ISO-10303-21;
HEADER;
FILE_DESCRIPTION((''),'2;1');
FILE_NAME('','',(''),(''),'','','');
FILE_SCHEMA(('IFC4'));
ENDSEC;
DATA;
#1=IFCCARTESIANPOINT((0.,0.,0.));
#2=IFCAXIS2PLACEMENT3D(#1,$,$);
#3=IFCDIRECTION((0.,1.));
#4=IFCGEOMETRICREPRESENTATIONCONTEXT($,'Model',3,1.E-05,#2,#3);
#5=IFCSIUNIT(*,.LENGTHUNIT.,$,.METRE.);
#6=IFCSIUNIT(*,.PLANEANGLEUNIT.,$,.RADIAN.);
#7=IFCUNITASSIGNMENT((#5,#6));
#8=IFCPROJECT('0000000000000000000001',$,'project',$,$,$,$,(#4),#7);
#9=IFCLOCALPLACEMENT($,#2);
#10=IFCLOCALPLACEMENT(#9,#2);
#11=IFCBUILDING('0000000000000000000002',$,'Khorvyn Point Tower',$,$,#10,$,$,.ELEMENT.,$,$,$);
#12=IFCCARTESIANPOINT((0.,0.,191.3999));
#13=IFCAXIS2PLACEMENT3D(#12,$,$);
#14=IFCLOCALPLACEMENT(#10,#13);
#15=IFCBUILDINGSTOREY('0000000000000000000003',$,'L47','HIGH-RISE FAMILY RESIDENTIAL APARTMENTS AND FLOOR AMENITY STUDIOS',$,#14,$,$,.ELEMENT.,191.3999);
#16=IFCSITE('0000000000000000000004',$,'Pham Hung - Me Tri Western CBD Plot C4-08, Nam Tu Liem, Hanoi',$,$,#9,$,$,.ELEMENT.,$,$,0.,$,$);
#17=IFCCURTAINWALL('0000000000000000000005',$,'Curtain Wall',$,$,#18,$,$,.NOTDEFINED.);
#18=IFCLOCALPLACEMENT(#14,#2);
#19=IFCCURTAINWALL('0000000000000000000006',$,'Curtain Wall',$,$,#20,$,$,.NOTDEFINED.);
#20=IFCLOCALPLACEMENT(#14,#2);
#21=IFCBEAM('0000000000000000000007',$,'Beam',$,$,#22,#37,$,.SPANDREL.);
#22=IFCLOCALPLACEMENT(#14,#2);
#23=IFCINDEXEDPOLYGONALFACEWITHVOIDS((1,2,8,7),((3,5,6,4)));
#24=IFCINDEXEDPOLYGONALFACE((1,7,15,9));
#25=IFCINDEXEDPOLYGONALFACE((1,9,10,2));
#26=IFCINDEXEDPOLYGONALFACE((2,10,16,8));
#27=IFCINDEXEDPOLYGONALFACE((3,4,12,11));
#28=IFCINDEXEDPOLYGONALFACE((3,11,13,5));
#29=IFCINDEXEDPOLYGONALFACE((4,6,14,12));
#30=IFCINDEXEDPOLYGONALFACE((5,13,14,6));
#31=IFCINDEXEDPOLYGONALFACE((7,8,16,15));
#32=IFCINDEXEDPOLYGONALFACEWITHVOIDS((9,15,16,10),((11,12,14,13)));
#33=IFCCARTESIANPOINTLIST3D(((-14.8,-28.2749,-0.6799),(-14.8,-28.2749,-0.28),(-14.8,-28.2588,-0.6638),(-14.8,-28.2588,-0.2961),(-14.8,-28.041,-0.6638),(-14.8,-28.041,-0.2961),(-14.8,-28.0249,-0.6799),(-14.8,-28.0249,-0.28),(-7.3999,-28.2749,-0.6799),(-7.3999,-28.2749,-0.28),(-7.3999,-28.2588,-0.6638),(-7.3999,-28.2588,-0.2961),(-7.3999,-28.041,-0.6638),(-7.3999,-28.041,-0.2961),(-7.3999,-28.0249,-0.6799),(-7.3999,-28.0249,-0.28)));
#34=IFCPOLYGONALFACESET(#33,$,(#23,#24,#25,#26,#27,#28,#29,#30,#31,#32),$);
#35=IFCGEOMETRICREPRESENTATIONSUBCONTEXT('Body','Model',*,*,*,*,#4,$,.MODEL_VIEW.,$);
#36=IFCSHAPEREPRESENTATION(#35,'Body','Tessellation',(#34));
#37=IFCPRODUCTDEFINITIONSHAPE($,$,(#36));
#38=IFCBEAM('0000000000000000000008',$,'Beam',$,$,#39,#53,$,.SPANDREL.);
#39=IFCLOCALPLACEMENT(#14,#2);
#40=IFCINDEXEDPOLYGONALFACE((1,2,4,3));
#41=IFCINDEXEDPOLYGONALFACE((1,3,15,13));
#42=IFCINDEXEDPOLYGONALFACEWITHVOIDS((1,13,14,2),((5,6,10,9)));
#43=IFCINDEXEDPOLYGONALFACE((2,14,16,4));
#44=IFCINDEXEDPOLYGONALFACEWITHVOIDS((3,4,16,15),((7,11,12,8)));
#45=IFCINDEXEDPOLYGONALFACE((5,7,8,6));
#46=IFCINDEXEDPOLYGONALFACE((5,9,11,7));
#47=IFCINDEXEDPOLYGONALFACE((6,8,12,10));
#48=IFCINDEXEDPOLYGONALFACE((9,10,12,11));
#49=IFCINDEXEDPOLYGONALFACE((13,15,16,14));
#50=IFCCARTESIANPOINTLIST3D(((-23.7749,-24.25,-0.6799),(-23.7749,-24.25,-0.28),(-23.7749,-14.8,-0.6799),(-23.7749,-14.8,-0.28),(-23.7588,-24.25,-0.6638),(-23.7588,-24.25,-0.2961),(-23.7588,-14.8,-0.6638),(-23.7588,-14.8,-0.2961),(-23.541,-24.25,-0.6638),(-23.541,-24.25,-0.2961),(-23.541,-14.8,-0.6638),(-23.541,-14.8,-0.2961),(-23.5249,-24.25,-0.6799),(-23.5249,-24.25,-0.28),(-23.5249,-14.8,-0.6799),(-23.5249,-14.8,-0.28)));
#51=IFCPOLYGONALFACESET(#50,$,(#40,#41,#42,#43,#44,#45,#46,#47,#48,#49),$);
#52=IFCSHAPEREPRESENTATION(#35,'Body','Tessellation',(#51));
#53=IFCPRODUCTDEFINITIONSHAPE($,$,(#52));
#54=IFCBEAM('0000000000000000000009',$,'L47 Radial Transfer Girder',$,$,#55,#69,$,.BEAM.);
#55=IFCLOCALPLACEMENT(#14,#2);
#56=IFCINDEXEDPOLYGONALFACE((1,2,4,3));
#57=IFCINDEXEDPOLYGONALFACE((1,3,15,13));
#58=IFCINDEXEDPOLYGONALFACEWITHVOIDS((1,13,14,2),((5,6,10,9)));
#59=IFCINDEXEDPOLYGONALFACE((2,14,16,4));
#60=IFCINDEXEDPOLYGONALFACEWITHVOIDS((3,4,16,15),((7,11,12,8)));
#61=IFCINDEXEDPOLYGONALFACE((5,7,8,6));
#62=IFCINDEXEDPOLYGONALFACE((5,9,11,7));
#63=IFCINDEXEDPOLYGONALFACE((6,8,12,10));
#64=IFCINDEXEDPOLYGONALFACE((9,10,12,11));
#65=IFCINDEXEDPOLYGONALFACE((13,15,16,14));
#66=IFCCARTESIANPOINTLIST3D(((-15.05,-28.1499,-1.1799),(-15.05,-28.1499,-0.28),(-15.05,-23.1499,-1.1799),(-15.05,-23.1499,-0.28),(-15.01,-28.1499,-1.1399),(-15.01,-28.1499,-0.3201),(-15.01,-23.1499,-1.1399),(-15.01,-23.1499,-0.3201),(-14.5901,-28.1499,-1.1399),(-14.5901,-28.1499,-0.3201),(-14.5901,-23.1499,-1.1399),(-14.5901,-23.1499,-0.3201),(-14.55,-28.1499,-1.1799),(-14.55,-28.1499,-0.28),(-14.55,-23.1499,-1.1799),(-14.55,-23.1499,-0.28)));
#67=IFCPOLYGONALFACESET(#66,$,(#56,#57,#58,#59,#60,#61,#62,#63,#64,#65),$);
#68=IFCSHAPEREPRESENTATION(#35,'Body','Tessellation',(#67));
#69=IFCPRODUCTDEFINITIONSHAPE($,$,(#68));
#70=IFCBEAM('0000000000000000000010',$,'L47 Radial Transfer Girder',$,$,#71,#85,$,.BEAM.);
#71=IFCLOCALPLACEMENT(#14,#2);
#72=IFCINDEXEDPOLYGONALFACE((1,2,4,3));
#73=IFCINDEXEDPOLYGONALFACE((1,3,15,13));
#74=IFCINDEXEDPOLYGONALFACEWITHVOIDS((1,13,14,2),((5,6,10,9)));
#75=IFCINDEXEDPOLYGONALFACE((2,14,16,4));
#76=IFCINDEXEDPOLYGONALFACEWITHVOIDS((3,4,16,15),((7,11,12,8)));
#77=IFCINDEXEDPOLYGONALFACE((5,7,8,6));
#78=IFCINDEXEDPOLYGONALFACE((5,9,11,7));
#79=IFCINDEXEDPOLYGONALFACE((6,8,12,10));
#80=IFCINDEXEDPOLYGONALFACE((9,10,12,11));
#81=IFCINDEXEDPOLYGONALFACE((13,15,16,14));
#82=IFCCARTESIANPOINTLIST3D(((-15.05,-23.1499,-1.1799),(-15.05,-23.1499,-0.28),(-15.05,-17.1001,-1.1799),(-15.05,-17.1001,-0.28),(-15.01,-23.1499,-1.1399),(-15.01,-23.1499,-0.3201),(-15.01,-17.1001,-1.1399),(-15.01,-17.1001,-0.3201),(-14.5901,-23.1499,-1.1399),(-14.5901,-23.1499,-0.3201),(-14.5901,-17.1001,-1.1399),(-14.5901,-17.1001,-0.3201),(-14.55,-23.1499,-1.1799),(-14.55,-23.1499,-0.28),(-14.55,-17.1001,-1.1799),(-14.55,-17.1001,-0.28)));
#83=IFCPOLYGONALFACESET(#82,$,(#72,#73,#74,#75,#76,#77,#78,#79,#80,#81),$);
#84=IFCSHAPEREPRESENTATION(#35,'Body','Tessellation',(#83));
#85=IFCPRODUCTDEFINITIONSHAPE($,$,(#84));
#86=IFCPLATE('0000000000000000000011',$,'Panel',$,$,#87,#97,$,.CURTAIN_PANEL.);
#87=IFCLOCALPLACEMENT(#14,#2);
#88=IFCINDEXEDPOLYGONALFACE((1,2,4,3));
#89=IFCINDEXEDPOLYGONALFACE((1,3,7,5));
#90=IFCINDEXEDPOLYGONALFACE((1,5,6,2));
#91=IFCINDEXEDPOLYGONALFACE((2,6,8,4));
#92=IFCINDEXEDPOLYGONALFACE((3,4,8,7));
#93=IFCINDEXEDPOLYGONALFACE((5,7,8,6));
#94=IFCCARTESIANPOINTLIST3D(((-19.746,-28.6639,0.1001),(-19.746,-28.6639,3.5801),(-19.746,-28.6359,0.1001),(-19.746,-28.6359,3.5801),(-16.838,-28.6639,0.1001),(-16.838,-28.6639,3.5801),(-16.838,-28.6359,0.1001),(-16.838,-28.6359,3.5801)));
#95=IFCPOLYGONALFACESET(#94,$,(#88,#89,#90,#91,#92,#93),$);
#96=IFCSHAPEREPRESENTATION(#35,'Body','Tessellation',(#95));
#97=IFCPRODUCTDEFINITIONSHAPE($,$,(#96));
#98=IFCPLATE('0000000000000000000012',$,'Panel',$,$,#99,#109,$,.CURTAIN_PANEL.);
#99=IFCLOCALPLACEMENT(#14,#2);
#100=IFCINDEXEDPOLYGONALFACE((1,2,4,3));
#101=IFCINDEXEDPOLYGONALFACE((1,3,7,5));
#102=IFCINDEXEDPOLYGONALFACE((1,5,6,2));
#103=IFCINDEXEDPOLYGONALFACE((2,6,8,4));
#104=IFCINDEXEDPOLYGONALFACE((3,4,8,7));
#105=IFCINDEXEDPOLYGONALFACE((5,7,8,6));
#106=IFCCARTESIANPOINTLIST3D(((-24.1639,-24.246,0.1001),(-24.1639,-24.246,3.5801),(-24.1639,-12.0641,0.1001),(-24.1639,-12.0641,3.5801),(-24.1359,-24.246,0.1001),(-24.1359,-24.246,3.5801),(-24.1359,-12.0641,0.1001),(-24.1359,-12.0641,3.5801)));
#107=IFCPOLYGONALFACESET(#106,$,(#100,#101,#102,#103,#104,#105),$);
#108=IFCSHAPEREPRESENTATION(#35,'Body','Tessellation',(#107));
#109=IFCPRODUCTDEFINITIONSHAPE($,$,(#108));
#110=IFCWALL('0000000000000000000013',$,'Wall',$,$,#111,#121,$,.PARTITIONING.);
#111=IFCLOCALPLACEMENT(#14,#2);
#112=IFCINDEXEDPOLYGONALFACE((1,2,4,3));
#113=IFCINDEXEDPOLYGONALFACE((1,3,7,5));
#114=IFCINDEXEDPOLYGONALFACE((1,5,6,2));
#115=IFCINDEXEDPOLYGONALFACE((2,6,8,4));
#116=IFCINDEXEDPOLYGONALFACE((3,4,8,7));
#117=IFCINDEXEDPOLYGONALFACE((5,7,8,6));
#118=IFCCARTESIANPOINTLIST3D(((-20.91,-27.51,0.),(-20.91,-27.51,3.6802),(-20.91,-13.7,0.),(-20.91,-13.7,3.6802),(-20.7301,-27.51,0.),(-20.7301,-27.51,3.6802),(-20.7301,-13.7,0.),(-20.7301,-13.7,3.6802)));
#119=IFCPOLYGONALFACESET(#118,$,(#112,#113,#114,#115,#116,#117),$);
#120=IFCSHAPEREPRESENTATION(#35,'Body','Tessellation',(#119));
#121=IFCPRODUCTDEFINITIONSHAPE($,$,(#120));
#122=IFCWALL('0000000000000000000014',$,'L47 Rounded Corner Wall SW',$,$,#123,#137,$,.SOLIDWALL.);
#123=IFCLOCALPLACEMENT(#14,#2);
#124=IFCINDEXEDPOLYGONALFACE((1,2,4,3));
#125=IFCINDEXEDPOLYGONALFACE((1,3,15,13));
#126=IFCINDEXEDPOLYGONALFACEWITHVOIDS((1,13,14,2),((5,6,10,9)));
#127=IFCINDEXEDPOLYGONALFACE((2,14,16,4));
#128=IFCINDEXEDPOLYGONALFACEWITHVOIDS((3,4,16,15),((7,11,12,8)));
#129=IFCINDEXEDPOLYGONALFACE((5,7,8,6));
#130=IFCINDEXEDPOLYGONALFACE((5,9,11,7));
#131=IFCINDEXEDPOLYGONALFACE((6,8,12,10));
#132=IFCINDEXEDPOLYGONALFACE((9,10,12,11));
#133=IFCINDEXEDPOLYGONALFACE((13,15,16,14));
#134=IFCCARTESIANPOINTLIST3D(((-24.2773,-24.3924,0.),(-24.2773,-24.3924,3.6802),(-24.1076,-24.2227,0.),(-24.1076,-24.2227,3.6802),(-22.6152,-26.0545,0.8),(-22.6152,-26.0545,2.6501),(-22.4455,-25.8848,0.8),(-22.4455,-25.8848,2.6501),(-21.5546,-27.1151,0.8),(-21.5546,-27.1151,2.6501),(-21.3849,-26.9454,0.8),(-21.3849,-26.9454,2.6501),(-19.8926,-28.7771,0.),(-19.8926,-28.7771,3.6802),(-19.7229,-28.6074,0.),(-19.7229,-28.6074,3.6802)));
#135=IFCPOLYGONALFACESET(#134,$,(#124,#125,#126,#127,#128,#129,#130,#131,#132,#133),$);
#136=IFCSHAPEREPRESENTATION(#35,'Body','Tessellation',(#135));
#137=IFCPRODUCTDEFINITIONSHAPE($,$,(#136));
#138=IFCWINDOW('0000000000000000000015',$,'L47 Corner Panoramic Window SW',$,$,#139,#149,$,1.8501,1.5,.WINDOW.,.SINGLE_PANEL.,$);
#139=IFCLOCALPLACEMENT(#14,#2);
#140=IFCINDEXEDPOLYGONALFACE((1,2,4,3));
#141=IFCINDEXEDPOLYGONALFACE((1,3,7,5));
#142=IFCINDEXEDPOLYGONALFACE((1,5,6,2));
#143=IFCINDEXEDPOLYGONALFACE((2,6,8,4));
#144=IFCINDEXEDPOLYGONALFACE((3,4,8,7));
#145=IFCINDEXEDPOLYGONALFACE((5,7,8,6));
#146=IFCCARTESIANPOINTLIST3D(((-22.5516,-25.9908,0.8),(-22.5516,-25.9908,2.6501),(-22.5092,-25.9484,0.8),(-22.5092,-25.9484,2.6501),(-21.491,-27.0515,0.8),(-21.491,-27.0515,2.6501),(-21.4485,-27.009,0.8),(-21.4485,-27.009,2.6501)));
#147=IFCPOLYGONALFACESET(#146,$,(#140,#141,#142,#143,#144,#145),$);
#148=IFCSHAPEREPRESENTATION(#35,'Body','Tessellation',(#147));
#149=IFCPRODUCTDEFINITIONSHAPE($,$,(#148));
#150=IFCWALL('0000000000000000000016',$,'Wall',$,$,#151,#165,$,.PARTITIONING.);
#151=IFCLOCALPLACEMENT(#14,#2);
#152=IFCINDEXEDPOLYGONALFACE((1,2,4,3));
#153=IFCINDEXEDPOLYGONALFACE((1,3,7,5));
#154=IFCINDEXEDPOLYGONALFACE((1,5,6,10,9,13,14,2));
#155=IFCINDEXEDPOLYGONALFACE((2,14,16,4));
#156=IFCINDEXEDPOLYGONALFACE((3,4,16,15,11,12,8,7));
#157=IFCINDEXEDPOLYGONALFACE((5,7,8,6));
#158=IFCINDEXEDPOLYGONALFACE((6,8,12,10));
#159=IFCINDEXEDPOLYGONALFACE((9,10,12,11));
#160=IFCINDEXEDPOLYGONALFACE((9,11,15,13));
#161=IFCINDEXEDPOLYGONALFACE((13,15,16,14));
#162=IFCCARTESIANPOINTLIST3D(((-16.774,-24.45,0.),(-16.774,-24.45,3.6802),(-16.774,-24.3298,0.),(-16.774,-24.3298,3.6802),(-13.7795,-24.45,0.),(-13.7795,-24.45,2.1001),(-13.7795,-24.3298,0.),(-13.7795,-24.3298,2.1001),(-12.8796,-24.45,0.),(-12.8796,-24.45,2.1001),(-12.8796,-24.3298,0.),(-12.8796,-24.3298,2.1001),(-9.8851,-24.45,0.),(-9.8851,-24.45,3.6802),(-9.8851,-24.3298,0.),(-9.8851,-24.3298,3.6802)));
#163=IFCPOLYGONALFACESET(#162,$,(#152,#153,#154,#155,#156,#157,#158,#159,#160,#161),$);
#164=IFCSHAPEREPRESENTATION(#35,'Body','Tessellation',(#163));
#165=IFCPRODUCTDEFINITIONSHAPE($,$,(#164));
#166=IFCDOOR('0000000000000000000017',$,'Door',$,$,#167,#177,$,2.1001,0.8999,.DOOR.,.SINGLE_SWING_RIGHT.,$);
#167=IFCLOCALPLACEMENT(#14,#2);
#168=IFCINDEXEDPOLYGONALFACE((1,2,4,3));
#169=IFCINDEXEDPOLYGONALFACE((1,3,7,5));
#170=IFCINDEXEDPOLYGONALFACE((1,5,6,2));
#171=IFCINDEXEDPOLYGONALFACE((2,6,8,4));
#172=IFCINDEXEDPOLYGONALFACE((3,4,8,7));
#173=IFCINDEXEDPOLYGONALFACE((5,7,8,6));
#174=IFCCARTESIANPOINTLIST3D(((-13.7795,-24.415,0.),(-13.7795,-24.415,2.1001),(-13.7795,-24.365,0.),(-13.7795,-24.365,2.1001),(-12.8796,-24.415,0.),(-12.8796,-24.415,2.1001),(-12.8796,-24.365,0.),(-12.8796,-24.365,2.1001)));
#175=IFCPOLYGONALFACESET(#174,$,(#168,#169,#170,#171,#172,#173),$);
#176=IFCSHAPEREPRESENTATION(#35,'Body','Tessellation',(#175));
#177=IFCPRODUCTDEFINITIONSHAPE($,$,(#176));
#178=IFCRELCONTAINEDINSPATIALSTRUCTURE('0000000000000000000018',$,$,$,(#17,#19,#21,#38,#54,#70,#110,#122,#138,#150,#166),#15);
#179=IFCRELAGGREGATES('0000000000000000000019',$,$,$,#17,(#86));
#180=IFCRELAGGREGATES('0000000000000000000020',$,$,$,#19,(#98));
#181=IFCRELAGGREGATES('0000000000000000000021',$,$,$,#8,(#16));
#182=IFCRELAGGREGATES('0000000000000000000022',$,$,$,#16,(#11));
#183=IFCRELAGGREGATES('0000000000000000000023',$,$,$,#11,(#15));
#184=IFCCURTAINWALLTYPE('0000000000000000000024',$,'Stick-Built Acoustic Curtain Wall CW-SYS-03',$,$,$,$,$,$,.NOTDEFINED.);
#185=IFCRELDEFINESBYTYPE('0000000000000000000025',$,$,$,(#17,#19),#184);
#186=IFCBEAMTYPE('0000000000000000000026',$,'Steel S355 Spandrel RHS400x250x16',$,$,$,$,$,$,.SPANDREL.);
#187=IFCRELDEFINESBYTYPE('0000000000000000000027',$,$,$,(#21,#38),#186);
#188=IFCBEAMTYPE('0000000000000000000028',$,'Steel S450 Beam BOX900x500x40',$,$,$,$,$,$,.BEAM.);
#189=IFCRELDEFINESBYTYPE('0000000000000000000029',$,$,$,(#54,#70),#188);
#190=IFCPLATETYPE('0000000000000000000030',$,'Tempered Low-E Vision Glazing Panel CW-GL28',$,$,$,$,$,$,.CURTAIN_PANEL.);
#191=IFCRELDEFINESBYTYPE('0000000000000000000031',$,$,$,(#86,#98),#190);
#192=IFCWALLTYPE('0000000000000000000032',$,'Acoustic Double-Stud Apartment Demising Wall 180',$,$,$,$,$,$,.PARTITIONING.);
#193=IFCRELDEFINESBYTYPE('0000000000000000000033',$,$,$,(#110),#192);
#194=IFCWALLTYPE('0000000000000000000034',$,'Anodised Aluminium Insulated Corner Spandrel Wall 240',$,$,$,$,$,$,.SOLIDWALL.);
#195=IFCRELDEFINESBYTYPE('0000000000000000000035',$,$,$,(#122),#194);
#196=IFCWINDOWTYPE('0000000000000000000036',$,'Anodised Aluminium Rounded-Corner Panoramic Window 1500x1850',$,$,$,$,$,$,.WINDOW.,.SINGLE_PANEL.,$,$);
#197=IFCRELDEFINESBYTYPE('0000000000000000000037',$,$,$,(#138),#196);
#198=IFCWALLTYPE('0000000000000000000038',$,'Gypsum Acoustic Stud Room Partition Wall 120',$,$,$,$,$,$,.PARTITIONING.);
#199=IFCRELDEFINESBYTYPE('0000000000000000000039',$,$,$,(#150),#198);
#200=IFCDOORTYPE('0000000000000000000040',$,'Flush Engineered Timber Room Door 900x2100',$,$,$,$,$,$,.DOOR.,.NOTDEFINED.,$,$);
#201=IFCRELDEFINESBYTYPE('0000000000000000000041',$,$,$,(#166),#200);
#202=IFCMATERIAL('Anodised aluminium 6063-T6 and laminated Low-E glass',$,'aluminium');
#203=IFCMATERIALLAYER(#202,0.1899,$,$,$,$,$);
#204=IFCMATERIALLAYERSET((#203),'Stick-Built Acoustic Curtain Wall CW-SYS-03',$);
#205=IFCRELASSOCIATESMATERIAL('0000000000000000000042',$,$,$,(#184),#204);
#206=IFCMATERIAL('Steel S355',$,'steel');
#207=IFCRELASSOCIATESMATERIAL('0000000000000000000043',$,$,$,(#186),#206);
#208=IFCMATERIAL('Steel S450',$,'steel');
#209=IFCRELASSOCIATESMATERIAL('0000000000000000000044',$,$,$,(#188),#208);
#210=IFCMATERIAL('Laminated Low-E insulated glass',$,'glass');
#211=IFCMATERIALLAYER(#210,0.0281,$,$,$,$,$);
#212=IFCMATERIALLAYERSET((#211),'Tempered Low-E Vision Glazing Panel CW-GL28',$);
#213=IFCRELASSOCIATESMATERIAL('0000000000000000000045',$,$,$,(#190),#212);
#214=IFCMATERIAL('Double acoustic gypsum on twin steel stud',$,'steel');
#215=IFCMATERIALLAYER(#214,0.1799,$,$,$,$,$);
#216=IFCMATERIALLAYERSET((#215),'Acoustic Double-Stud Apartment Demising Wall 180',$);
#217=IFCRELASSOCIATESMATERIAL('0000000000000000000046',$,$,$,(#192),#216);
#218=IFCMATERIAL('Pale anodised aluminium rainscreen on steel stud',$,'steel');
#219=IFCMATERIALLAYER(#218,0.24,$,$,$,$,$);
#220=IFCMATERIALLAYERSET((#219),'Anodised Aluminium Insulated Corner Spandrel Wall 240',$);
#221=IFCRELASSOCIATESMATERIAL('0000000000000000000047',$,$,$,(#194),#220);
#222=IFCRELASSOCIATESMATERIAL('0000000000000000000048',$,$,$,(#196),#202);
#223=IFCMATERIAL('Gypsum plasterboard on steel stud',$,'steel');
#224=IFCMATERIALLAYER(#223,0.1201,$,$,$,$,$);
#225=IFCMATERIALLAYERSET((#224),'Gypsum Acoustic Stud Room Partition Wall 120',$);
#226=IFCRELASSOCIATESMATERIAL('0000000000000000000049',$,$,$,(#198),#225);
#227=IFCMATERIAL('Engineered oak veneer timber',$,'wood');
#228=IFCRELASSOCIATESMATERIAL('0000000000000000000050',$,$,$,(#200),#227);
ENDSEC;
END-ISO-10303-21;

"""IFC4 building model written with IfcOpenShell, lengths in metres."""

from ifc_helpers import new_model, si_unit, direction, frame, frame_2d, origin, origin_2d, place, context, subcontext, project, spatial, rectangle, hollow_rectangle, extrude, material, layer, layer_set, material_profile, profile_set, type_object, element, fill, aggregate, save


model = new_model("IFC4")

# Units and contexts
model_context = context("Model", 3, precision=1e-05, world=origin(), true_north=direction((0.0, 1.0)))
body_context = subcontext(model_context, "Body", "Model", "MODEL_VIEW")
ifc_project = project(units=[si_unit("LENGTHUNIT", "METRE"), si_unit("PLANEANGLEUNIT", "RADIAN")], contexts=[model_context])

# Site, building, storey
site_placement = place(None, origin())
site = spatial("IfcSite", under=ifc_project, at=site_placement, Name="Pham Hung - Me Tri Western CBD Plot C4-08, Nam Tu Liem, Hanoi", CompositionType="ELEMENT", RefElevation=0.0)
building_placement = place(site_placement, origin())
building = spatial("IfcBuilding", under=site, at=building_placement, Name="Khorvyn Point Tower", CompositionType="ELEMENT")
storey_placement = place(building_placement, frame((0.0, 0.0, 191.3999)))
storey = spatial("IfcBuildingStorey", under=building, at=storey_placement, Name="L47", Description="HIGH-RISE FAMILY RESIDENTIAL APARTMENTS AND FLOOR AMENITY STUDIOS", CompositionType="ELEMENT", Elevation=191.3999)

# Shared definitions
ifc_material_1 = material(Name="Steel S450", Category="steel")

# Curtain wall
ifc_material_2 = material(Name="Anodised aluminium 6063-T6 and laminated Low-E glass", Category="aluminium")
ifc_layer_1 = layer(ifc_material_2, 0.1899)
ifc_layer_set_1 = layer_set([ifc_layer_1], Name="Stick-Built Acoustic Curtain Wall CW-SYS-03")
curtain_wall_type = type_object("IfcCurtainWallType", Name="Stick-Built Acoustic Curtain Wall CW-SYS-03", PredefinedType="NOTDEFINED", material=ifc_layer_set_1)
curtain_wall_1_placement = place(storey_placement, origin())
curtain_wall_1 = element("IfcCurtainWall", 1, at=curtain_wall_1_placement, inside=storey, type_object=curtain_wall_type, Name="Curtain Wall", PredefinedType="NOTDEFINED")

# Curtain wall
curtain_wall_2_placement = place(storey_placement, origin())
curtain_wall_2 = element("IfcCurtainWall", 2, at=curtain_wall_2_placement, inside=storey, type_object=curtain_wall_type, Name="Curtain Wall", PredefinedType="NOTDEFINED")

# Beams
ifc_material_3 = material(Name="Steel S355", Category="steel")
ifc_material_profile_1 = material_profile(ifc_material_3, hollow_rectangle(XDim=0.25, YDim=0.3999, WallThickness=0.0161, at=origin_2d()))
ifc_profile_set_1 = profile_set([ifc_material_profile_1], Name="Steel S355 RHS400x250x16")
beam_type_1 = type_object("IfcBeamType", Name="Steel S355 Spandrel RHS400x250x16", PredefinedType="SPANDREL", material=ifc_profile_set_1)
beam_1_placement = place(storey_placement, frame((-14.8, -28.1499, -0.48), z_axis=(1.0, 0.0, 0.0), x_axis=(0.0, 1.0, 0.0)))
element("IfcBeam", 3, at=beam_1_placement, inside=storey, type_object=beam_type_1, Name="Beam", PredefinedType="SPANDREL", context=body_context, shape_type="SweptSolid", body=[
    extrude(hollow_rectangle(XDim=0.25, YDim=0.3999, WallThickness=0.0161, at=origin_2d()), origin(), (0.0, 0.0, 1.0), 7.4001),
])
beam_2_placement = place(storey_placement, frame((-23.6499, -24.25, -0.48), z_axis=(0.0, 1.0, 0.0), x_axis=(-1.0, 0.0, 0.0)))
element("IfcBeam", 4, at=beam_2_placement, inside=storey, type_object=beam_type_1, Name="Beam", PredefinedType="SPANDREL", context=body_context, shape_type="SweptSolid", body=[
    extrude(hollow_rectangle(XDim=0.25, YDim=0.3999, WallThickness=0.0161, at=origin_2d()), origin(), (0.0, 0.0, 1.0), 9.45),
])
ifc_material_profile_2 = material_profile(ifc_material_1, hollow_rectangle(XDim=0.5, YDim=0.8999, WallThickness=0.04, at=origin_2d()))
ifc_profile_set_2 = profile_set([ifc_material_profile_2], Name="Steel S450 BOX900x500x40")
beam_type_2 = type_object("IfcBeamType", Name="Steel S450 Beam BOX900x500x40", PredefinedType="BEAM", material=ifc_profile_set_2)
beam_3_placement = place(storey_placement, frame((-14.8, -28.1499, -0.73), z_axis=(0.0, 1.0, 0.0), x_axis=(-1.0, 0.0, 0.0)))
element("IfcBeam", 5, at=beam_3_placement, inside=storey, type_object=beam_type_2, Name="L47 Radial Transfer Girder", PredefinedType="BEAM", context=body_context, shape_type="SweptSolid", body=[
    extrude(hollow_rectangle(XDim=0.5, YDim=0.8999, WallThickness=0.04, at=origin_2d()), origin(), (0.0, 0.0, 1.0), 5.0),
])
beam_4_placement = place(storey_placement, frame((-14.8, -23.1499, -0.73), z_axis=(0.0, 1.0, 0.0), x_axis=(-1.0, 0.0, 0.0)))
element("IfcBeam", 6, at=beam_4_placement, inside=storey, type_object=beam_type_2, Name="L47 Radial Transfer Girder", PredefinedType="BEAM", context=body_context, shape_type="SweptSolid", body=[
    extrude(hollow_rectangle(XDim=0.5, YDim=0.8999, WallThickness=0.04, at=origin_2d()), origin(), (0.0, 0.0, 1.0), 6.0498),
])

# Plates
ifc_material_4 = material(Name="Laminated Low-E insulated glass", Category="glass")
ifc_layer_2 = layer(ifc_material_4, 0.0281)
ifc_layer_set_2 = layer_set([ifc_layer_2], Name="Tempered Low-E Vision Glazing Panel CW-GL28")
plate_type = type_object("IfcPlateType", Name="Tempered Low-E Vision Glazing Panel CW-GL28", PredefinedType="CURTAIN_PANEL", material=ifc_layer_set_2)
plate_1_placement = place(storey_placement, frame((-18.292, -28.6499, 0.1001), z_axis=(0.0, 0.0, 1.0), x_axis=(-1.0, 0.0, 0.0)))
plate_1 = element("IfcPlate", 7, at=plate_1_placement, type_object=plate_type, Name="Panel", PredefinedType="CURTAIN_PANEL", context=body_context, shape_type="SweptSolid", body=[
    extrude(rectangle(XDim=2.908, YDim=0.0281, at=origin_2d()), origin(), (0.0, 0.0, 1.0), 3.48),
])
aggregate(curtain_wall_1, [plate_1])
plate_2_placement = place(storey_placement, frame((-24.1499, -18.155, 0.1001), z_axis=(0.0, 0.0, 1.0), x_axis=(0.0, 1.0, 0.0)))
plate_2 = element("IfcPlate", 8, at=plate_2_placement, type_object=plate_type, Name="Panel", PredefinedType="CURTAIN_PANEL", context=body_context, shape_type="SweptSolid", body=[
    extrude(rectangle(XDim=12.1819, YDim=0.0281, at=origin_2d()), origin(), (0.0, 0.0, 1.0), 3.48),
])
aggregate(curtain_wall_2, [plate_2])

# Wall
ifc_material_5 = material(Name="Double acoustic gypsum on twin steel stud", Category="steel")
ifc_layer_3 = layer(ifc_material_5, 0.1799)
ifc_layer_set_3 = layer_set([ifc_layer_3], Name="Acoustic Double-Stud Apartment Demising Wall 180")
wall_type_1 = type_object("IfcWallType", Name="Acoustic Double-Stud Apartment Demising Wall 180", PredefinedType="PARTITIONING", material=ifc_layer_set_3)
wall_1_placement = place(storey_placement, frame((-20.8201, -27.51, 0.0), z_axis=(0.0, 0.0, 1.0), x_axis=(0.0, 1.0, 0.0)))
element("IfcWall", 9, at=wall_1_placement, inside=storey, type_object=wall_type_1, Name="Wall", PredefinedType="PARTITIONING", context=body_context, shape_type="SweptSolid", body=[
    extrude(rectangle(XDim=13.8101, YDim=0.1799, at=frame_2d((6.905, 0.0))), origin(), (0.0, 0.0, 1.0), 3.6802),
])

# Wall, opening, window
ifc_material_6 = material(Name="Pale anodised aluminium rainscreen on steel stud", Category="steel")
ifc_layer_4 = layer(ifc_material_6, 0.24)
ifc_layer_set_4 = layer_set([ifc_layer_4], Name="Anodised Aluminium Insulated Corner Spandrel Wall 240")
wall_type_2 = type_object("IfcWallType", Name="Anodised Aluminium Insulated Corner Spandrel Wall 240", PredefinedType="SOLIDWALL", material=ifc_layer_set_4)
wall_2_placement = place(storey_placement, frame((-19.8076, -28.6924, 0.0), z_axis=(0.0, 0.0, 1.0), x_axis=(-0.707107, 0.707107, 0.0)))
wall_2 = element("IfcWall", 10, at=wall_2_placement, inside=storey, type_object=wall_type_2, Name="L47 Rounded Corner Wall SW", PredefinedType="SOLIDWALL", context=body_context, shape_type="SweptSolid", body=[
    extrude(rectangle(XDim=6.2009, YDim=0.24, at=frame_2d((3.1006, 0.0))), origin(), (0.0, 0.0, 1.0), 3.6802),
])
opening_1_placement = place(wall_2_placement, frame((2.3506, 0.0, 0.8)))
opening_1 = element("IfcOpeningElement", 11, at=opening_1_placement, cuts=wall_2, PredefinedType="OPENING", context=body_context, shape_type="SweptSolid", body=[
    extrude(rectangle(XDim=1.5, YDim=1.8501, at=frame_2d((0.75, 0.925))), frame((0.0, 0.1299, 0.0), z_axis=(0.0, -1.0, 0.0), x_axis=(1.0, 0.0, 0.0)), (0.0, 0.0, 1.0), 0.26),
])
window_type = type_object("IfcWindowType", Name="Anodised Aluminium Rounded-Corner Panoramic Window 1500x1850", PartitioningType="SINGLE_PANEL", PredefinedType="WINDOW", material=ifc_material_2)
window_placement = place(opening_1_placement, origin())
window = element("IfcWindow", 12, at=window_placement, inside=storey, type_object=window_type, Name="L47 Corner Panoramic Window SW", OverallHeight=1.8501, OverallWidth=1.5, PartitioningType="SINGLE_PANEL", PredefinedType="WINDOW", context=body_context, shape_type="SweptSolid", body=[
    extrude(rectangle(XDim=1.5, YDim=1.8501, at=frame_2d((0.75, 0.925))), frame((0.0, 0.03, 0.0), z_axis=(0.0, -1.0, 0.0), x_axis=(1.0, 0.0, 0.0)), (0.0, 0.0, 1.0), 0.0601),
])
fill(opening_1, window)

# Wall, opening, door
ifc_material_7 = material(Name="Gypsum plasterboard on steel stud", Category="steel")
ifc_layer_5 = layer(ifc_material_7, 0.1201)
ifc_layer_set_5 = layer_set([ifc_layer_5], Name="Gypsum Acoustic Stud Room Partition Wall 120")
wall_type_3 = type_object("IfcWallType", Name="Gypsum Acoustic Stud Room Partition Wall 120", PredefinedType="PARTITIONING", material=ifc_layer_set_5)
wall_3_placement = place(storey_placement, frame((-16.7739, -24.3899, 0.0), z_axis=(0.0, 0.0, 1.0), x_axis=(1.0, 0.0, 0.0)))
wall_3 = element("IfcWall", 13, at=wall_3_placement, inside=storey, type_object=wall_type_3, Name="Wall", PredefinedType="PARTITIONING", context=body_context, shape_type="SweptSolid", body=[
    extrude(rectangle(XDim=6.8889, YDim=0.1201, at=frame_2d((3.4443, 0.0))), origin(), (0.0, 0.0, 1.0), 3.6802),
])
opening_2_placement = place(wall_3_placement, frame((2.9944, 0.0, 0.0)))
opening_2 = element("IfcOpeningElement", 14, at=opening_2_placement, cuts=wall_3, PredefinedType="OPENING", context=body_context, shape_type="SweptSolid", body=[
    extrude(rectangle(XDim=0.8999, YDim=2.1001, at=frame_2d((0.45, 1.05))), frame((0.0, 0.0701, 0.0), z_axis=(0.0, -1.0, 0.0), x_axis=(1.0, 0.0, 0.0)), (0.0, 0.0, 1.0), 0.1401),
])
ifc_material_8 = material(Name="Engineered oak veneer timber", Category="wood")
door_type_1 = type_object("IfcDoorType", Name="Flush Engineered Timber Room Door 900x2100", OperationType="NOTDEFINED", PredefinedType="DOOR", material=ifc_material_8)
door_1_placement = place(opening_2_placement, origin())
door_1 = element("IfcDoor", 15, at=door_1_placement, inside=storey, type_object=door_type_1, Name="Door", OperationType="SINGLE_SWING_RIGHT", OverallHeight=2.1001, OverallWidth=0.8999, PredefinedType="DOOR", context=body_context, shape_type="SweptSolid", body=[
    extrude(rectangle(XDim=0.8999, YDim=2.1001, at=frame_2d((0.45, 1.05))), frame((0.0, 0.0249, 0.0), z_axis=(0.0, -1.0, 0.0), x_axis=(1.0, 0.0, 0.0)), (0.0, 0.0, 1.0), 0.05),
])
fill(opening_2, door_1)

save(model, "model.ifc")
